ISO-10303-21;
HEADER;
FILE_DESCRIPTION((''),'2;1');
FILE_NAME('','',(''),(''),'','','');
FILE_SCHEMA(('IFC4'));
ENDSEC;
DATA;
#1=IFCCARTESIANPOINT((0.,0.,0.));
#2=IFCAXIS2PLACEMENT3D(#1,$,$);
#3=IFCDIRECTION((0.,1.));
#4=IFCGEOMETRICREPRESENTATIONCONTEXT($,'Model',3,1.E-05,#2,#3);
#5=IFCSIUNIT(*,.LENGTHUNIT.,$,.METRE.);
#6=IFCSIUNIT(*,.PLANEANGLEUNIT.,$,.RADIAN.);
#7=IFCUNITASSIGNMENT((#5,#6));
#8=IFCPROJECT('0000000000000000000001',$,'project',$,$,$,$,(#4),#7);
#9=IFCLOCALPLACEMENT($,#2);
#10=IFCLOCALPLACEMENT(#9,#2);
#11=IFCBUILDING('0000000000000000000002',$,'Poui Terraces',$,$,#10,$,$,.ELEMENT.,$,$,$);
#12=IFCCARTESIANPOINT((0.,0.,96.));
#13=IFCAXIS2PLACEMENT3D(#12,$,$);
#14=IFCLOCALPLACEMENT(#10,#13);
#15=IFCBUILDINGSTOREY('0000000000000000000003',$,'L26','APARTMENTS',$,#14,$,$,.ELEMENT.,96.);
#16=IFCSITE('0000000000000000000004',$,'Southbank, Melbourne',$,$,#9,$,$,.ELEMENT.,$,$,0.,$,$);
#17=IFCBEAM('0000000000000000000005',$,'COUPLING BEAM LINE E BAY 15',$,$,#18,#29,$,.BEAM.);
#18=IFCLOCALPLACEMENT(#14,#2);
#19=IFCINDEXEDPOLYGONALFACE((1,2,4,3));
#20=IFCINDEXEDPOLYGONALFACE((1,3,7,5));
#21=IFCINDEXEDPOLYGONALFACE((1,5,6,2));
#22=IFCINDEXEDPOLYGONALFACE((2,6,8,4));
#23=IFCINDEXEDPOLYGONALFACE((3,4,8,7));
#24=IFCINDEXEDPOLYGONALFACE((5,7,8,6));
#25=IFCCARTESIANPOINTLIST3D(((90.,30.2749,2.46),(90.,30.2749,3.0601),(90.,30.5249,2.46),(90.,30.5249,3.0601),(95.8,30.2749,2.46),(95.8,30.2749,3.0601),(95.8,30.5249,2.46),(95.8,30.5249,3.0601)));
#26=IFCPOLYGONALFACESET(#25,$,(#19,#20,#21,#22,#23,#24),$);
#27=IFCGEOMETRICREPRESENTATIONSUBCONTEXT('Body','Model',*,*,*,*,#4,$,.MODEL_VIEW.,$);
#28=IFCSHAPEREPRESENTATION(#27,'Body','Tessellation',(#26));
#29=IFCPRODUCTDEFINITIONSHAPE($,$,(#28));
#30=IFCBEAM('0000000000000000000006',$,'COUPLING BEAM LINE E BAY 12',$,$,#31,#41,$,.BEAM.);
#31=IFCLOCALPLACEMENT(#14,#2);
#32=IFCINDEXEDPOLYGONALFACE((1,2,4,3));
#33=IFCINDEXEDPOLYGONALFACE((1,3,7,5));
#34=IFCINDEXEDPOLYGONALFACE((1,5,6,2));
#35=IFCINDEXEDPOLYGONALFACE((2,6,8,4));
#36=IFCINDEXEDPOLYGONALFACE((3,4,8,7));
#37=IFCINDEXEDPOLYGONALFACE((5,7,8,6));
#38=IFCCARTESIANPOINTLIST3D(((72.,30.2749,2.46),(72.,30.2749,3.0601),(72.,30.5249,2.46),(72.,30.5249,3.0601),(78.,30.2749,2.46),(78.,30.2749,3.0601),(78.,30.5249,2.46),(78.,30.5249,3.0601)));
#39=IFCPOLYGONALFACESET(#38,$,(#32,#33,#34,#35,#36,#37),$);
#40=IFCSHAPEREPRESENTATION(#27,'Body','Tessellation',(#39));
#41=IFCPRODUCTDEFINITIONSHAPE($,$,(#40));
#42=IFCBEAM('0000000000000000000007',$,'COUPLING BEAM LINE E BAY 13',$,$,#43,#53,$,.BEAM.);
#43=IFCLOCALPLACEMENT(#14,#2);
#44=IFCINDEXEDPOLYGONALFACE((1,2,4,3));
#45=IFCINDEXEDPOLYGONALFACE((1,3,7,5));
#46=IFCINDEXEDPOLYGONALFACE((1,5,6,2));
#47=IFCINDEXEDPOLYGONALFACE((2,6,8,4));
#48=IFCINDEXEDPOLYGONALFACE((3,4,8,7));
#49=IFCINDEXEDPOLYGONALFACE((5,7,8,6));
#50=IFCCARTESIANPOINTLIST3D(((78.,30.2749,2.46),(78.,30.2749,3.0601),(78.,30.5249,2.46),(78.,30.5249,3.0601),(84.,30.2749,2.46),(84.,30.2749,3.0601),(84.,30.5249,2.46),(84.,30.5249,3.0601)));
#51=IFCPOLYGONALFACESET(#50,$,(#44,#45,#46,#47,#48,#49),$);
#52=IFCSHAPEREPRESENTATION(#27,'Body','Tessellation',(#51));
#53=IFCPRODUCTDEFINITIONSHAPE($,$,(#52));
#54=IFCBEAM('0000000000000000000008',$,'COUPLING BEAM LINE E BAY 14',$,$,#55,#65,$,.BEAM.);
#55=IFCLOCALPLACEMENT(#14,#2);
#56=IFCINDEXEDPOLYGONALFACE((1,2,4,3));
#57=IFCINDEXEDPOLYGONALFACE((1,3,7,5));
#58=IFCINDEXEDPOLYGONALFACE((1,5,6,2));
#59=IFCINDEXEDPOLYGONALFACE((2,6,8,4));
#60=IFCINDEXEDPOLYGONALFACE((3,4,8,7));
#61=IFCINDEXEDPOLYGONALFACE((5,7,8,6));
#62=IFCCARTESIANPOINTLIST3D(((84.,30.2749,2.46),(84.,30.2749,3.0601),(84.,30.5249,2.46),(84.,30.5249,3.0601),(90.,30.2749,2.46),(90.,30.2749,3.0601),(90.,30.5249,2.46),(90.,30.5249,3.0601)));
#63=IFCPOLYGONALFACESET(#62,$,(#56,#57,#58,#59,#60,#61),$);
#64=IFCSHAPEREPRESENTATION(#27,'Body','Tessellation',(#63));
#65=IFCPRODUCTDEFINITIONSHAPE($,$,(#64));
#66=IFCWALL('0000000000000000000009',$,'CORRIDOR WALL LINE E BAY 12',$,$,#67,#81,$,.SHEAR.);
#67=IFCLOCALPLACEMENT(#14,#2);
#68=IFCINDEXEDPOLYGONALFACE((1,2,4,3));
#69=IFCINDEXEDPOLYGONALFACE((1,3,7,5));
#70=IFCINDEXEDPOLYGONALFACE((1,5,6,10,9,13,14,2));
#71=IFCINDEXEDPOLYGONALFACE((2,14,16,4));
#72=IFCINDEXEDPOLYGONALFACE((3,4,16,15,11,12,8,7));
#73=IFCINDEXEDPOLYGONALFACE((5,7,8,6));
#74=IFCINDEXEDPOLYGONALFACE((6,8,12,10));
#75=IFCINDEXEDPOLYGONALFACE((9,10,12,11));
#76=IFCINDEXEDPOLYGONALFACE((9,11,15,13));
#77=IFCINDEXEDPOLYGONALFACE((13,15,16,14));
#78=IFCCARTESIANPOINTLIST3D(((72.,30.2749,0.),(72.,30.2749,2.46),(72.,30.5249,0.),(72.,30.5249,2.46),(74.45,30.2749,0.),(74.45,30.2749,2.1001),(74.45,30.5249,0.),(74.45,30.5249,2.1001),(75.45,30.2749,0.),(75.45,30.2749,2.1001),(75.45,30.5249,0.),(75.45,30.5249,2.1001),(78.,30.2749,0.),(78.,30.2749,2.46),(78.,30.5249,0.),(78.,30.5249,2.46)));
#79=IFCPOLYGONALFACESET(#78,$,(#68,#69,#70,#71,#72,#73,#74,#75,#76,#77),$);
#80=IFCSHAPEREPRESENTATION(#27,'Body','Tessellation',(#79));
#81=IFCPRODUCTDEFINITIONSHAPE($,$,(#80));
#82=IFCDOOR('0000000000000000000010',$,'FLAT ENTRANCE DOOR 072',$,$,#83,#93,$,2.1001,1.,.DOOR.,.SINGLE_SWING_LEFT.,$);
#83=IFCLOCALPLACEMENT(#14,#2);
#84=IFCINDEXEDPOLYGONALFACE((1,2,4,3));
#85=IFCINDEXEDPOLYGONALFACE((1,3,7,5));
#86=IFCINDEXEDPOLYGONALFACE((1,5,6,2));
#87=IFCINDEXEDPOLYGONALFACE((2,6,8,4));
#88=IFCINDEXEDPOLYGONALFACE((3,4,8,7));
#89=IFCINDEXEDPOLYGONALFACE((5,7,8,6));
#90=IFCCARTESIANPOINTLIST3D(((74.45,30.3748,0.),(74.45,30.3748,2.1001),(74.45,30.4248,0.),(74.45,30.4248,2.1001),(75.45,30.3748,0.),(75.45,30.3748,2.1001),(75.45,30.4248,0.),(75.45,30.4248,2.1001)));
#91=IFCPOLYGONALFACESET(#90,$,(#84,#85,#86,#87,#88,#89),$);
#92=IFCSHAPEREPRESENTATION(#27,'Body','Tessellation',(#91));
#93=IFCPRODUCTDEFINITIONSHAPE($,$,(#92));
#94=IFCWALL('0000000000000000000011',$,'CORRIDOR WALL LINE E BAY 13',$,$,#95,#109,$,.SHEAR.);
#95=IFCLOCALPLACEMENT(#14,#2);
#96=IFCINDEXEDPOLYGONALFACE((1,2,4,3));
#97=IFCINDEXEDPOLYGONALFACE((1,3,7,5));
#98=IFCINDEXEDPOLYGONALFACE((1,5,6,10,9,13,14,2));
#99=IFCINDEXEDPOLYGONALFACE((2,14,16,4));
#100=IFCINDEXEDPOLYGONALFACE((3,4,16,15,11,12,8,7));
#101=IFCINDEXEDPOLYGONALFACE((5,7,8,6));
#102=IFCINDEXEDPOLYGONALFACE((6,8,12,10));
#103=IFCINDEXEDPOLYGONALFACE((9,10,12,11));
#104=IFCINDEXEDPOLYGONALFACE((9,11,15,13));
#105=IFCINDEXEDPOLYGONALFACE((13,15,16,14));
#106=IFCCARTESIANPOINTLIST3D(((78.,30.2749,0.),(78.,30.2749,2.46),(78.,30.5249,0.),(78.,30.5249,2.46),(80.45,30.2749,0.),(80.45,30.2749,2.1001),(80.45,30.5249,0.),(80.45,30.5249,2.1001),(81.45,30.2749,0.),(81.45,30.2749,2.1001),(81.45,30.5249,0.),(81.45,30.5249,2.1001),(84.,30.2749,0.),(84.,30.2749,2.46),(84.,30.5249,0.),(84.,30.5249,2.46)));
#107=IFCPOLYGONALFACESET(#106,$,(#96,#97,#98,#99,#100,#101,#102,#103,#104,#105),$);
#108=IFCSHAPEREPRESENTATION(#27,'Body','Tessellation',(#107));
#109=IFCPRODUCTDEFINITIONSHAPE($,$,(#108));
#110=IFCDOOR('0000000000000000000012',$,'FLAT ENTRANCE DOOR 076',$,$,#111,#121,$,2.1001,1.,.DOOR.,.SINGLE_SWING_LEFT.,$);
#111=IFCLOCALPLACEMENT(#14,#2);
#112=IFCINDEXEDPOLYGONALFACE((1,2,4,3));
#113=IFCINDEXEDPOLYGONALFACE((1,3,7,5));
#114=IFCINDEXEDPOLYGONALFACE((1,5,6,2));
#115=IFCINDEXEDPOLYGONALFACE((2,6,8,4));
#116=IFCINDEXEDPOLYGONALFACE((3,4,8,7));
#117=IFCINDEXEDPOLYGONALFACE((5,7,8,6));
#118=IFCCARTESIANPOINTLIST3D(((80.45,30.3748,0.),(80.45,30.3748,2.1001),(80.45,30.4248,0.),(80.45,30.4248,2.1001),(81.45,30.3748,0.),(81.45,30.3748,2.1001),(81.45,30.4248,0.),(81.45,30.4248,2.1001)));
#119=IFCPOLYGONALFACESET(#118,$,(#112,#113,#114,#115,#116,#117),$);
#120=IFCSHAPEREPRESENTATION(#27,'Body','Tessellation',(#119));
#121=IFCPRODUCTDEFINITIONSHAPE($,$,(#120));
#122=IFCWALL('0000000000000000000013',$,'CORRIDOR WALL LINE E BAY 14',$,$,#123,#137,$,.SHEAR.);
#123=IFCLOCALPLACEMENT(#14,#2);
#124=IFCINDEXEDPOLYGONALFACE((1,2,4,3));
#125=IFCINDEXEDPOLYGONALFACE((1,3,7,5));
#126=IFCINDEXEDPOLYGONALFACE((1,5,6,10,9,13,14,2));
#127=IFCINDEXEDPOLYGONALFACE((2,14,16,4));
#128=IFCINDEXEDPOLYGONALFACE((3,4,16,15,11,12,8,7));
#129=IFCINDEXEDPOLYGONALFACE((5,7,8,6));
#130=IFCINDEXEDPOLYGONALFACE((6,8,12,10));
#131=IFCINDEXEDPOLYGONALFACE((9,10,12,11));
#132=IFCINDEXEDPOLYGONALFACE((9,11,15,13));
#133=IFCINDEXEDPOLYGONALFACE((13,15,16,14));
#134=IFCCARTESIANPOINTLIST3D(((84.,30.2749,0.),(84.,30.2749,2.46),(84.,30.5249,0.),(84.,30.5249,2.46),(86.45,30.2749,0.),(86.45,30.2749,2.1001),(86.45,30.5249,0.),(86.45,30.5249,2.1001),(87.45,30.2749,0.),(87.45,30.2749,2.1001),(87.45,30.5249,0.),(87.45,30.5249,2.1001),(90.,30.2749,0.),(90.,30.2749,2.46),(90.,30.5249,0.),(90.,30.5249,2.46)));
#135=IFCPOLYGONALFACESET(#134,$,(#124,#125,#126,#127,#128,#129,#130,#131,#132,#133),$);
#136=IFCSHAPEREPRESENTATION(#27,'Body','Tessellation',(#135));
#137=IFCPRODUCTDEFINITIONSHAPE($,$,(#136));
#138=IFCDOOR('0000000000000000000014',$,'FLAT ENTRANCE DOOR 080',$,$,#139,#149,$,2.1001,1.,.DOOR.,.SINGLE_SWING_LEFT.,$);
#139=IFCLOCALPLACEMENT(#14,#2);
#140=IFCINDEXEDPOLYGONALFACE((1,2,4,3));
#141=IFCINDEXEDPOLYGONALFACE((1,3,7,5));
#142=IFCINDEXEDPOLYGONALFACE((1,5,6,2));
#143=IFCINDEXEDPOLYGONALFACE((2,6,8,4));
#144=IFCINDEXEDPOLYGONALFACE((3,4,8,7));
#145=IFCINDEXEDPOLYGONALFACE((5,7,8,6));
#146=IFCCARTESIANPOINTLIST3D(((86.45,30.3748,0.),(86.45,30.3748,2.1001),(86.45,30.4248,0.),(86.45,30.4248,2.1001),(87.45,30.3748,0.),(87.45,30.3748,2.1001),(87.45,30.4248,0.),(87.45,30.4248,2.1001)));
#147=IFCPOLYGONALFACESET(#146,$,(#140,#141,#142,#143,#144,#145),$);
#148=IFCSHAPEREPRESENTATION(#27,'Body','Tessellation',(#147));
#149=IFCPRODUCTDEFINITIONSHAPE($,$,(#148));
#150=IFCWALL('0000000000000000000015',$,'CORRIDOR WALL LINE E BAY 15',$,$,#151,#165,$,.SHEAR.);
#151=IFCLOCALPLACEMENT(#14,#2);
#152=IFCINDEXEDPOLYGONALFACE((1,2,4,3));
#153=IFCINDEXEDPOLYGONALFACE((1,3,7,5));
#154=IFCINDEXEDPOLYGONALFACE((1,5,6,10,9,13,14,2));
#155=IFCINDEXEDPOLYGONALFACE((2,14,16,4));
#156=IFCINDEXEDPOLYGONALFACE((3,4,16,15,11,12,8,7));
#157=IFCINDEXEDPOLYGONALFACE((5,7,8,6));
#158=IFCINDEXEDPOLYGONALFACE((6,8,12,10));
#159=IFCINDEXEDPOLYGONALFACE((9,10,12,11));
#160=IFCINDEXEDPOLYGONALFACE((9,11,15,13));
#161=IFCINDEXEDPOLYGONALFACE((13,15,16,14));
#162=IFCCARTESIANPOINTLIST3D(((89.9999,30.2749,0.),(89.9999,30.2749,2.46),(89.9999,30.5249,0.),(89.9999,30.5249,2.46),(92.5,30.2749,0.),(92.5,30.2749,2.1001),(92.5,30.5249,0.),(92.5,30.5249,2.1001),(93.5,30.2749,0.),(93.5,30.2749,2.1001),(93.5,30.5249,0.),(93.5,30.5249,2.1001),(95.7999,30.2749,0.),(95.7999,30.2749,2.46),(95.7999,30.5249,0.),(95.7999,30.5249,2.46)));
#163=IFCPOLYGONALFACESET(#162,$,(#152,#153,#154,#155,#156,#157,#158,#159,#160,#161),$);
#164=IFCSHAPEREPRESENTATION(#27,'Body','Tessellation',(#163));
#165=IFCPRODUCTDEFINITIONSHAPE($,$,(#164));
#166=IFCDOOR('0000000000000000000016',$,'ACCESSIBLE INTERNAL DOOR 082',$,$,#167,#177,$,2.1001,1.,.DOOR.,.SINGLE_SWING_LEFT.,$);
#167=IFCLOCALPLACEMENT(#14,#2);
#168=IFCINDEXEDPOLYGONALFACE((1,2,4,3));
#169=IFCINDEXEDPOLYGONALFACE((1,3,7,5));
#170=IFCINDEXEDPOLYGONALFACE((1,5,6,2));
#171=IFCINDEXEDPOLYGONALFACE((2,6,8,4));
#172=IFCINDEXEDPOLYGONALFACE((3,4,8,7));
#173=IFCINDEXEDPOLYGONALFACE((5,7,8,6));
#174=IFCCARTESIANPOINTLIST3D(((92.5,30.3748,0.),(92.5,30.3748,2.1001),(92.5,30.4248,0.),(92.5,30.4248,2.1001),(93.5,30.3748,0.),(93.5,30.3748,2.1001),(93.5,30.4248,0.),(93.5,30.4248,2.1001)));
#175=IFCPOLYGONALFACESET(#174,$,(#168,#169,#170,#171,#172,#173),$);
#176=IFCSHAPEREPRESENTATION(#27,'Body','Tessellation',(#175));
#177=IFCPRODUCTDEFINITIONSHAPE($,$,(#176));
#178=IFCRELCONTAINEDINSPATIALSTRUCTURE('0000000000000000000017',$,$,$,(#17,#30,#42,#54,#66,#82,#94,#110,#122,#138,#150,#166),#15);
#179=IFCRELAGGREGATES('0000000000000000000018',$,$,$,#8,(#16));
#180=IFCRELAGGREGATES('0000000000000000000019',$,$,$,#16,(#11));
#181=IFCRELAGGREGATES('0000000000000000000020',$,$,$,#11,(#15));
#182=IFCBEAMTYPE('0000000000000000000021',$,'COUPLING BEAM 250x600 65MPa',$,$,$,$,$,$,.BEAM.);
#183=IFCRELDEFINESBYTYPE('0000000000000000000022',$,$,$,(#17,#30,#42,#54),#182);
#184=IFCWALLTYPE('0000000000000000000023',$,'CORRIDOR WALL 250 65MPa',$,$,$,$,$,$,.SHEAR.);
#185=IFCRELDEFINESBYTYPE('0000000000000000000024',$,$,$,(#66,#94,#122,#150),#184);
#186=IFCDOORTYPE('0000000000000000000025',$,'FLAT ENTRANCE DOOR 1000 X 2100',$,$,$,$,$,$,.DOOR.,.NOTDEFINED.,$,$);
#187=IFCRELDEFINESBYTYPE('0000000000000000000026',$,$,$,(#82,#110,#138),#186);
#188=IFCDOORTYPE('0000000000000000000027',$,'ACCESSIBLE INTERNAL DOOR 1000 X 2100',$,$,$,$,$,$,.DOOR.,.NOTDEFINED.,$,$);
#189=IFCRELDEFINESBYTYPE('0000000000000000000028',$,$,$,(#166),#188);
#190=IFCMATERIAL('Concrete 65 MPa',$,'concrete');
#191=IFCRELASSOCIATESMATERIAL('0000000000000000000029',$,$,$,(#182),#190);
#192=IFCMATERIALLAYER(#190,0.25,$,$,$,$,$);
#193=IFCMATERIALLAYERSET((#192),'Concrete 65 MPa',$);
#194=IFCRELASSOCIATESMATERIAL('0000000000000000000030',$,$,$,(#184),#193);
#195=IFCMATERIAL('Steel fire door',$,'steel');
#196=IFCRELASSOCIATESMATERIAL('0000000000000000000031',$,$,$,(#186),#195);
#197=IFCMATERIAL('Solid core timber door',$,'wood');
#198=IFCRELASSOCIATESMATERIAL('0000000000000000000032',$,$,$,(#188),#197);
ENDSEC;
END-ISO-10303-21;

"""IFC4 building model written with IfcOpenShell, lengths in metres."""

from ifc_helpers import new_model, si_unit, direction, frame, frame_2d, origin, origin_2d, place, context, subcontext, project, spatial, rectangle, extrude, source, transform, mapped, material, layer, layer_set, material_profile, profile_set, type_object, element, fill, save


model = new_model("IFC4")

# Units and contexts
model_context = context("Model", 3, precision=1e-05, world=origin(), true_north=direction((0.0, 1.0)))
body_context = subcontext(model_context, "Body", "Model", "MODEL_VIEW")
ifc_project = project(units=[si_unit("LENGTHUNIT", "METRE"), si_unit("PLANEANGLEUNIT", "RADIAN")], contexts=[model_context])

# Site, building, storey
site_placement = place(None, origin())
site = spatial("IfcSite", under=ifc_project, at=site_placement, Name="Southbank, Melbourne", CompositionType="ELEMENT", RefElevation=0.0)
building_placement = place(site_placement, origin())
building = spatial("IfcBuilding", under=site, at=building_placement, Name="Poui Terraces", CompositionType="ELEMENT")
storey_placement = place(building_placement, frame((0.0, 0.0, 96.0)))
storey = spatial("IfcBuildingStorey", under=building, at=storey_placement, Name="L26", Description="APARTMENTS", CompositionType="ELEMENT", Elevation=96.0)

# Beams
ifc_material_1 = material(Name="Concrete 65 MPa", Category="concrete")
ifc_material_profile = material_profile(ifc_material_1, rectangle(XDim=0.25, YDim=0.6001, at=origin_2d()), Name="RC 250x600")
ifc_profile_set = profile_set([ifc_material_profile], Name="Concrete 65 MPa")
beam_type = type_object("IfcBeamType", Name="COUPLING BEAM 250x600 65MPa", PredefinedType="BEAM", material=ifc_profile_set)
shared_shape_1 = source(origin(), body_context, "Body", "SweptSolid", [
    extrude(rectangle(XDim=0.25, YDim=0.6001, at=origin_2d()), origin(), (0.0, 0.0, 1.0), 5.8),
])
beam_placement = place(storey_placement, frame((90.0, 30.3999, 2.76), z_axis=(1.0, 0.0, 0.0), x_axis=(0.0, 1.0, 0.0)))
element("IfcBeam", 1, at=beam_placement, inside=storey, type_object=beam_type, Name="COUPLING BEAM LINE E BAY 15", PredefinedType="BEAM", context=body_context, shape_type="MappedRepresentation", body=[
    mapped(shared_shape_1, transform((0.0, 0.0, 0.0))),
])
shared_shape_2 = source(origin(), body_context, "Body", "SweptSolid", [
    extrude(rectangle(XDim=0.25, YDim=0.6001, at=origin_2d()), origin(), (0.0, 0.0, 1.0), 6.0),
])
for number, where, z_axis, x_axis, name in (
    (2, (72.0, 30.3999, 2.76), (1.0, 0.0, 0.0), (0.0, 1.0, 0.0), "COUPLING BEAM LINE E BAY 12"),
    (3, (78.0, 30.3999, 2.76), (1.0, 0.0, 0.0), (0.0, 1.0, 0.0), "COUPLING BEAM LINE E BAY 13"),
    (4, (84.0, 30.3999, 2.76), (1.0, 0.0, 0.0), (0.0, 1.0, 0.0), "COUPLING BEAM LINE E BAY 14"),
):
    element("IfcBeam", number, at=place(storey_placement, frame(where, z_axis=z_axis, x_axis=x_axis)), inside=storey, type_object=beam_type, Name=name, PredefinedType="BEAM", context=body_context, shape_type="MappedRepresentation", body=[
        mapped(shared_shape_2, transform((0.0, 0.0, 0.0))),
    ])

# Walls, openings, doors
ifc_layer_1 = layer(ifc_material_1, 0.25)
ifc_layer_set_1 = layer_set([ifc_layer_1], Name="Concrete 65 MPa")
wall_type_1 = type_object("IfcWallType", Name="CORRIDOR WALL 250 65MPa", PredefinedType="SHEAR", material=ifc_layer_set_1)
wall_1_placement = place(storey_placement, frame((72.0, 30.3999, 0.0), z_axis=(0.0, 0.0, 1.0), x_axis=(1.0, 0.0, 0.0)))
wall_1 = element("IfcWall", 5, at=wall_1_placement, inside=storey, type_object=wall_type_1, Name="CORRIDOR WALL LINE E BAY 12", PredefinedType="SHEAR", context=body_context, shape_type="SweptSolid", body=[
    extrude(rectangle(XDim=6.0, YDim=0.25, at=frame_2d((3.0, 0.0))), origin(), (0.0, 0.0, 1.0), 2.46),
])
opening_1_placement = place(wall_1_placement, frame((2.45, 0.0, 0.0)))
opening_1 = element("IfcOpeningElement", 6, at=opening_1_placement, cuts=wall_1, PredefinedType="OPENING", context=body_context, shape_type="SweptSolid", body=[
    extrude(rectangle(XDim=1.0, YDim=2.1001, at=frame_2d((0.5, 1.05))), frame((0.0, 0.135, 0.0), z_axis=(0.0, -1.0, 0.0), x_axis=(1.0, 0.0, 0.0)), (0.0, 0.0, 1.0), 0.27),
])
ifc_material_2 = material(Name="Steel fire door", Category="steel")
door_type_1 = type_object("IfcDoorType", Name="FLAT ENTRANCE DOOR 1000 X 2100", OperationType="NOTDEFINED", PredefinedType="DOOR", material=ifc_material_2)
door_1_placement = place(opening_1_placement, origin())
door_1 = element("IfcDoor", 7, at=door_1_placement, inside=storey, type_object=door_type_1, Name="FLAT ENTRANCE DOOR 072", OperationType="SINGLE_SWING_LEFT", OverallHeight=2.1001, OverallWidth=1.0, PredefinedType="DOOR", context=body_context, shape_type="SweptSolid", body=[
    extrude(rectangle(XDim=1.0, YDim=2.1001, at=frame_2d((0.5, 1.05))), frame((0.0, 0.0249, 0.0), z_axis=(0.0, -1.0, 0.0), x_axis=(1.0, 0.0, 0.0)), (0.0, 0.0, 1.0), 0.05),
])
fill(opening_1, door_1)
wall_2_placement = place(storey_placement, frame((78.0, 30.3999, 0.0), z_axis=(0.0, 0.0, 1.0), x_axis=(1.0, 0.0, 0.0)))
wall_2 = element("IfcWall", 8, at=wall_2_placement, inside=storey, type_object=wall_type_1, Name="CORRIDOR WALL LINE E BAY 13", PredefinedType="SHEAR", context=body_context, shape_type="SweptSolid", body=[
    extrude(rectangle(XDim=6.0, YDim=0.25, at=frame_2d((3.0, 0.0))), origin(), (0.0, 0.0, 1.0), 2.46),
])
opening_2_placement = place(wall_2_placement, frame((2.45, 0.0, 0.0)))
opening_2 = element("IfcOpeningElement", 9, at=opening_2_placement, cuts=wall_2, PredefinedType="OPENING", context=body_context, shape_type="SweptSolid", body=[
    extrude(rectangle(XDim=1.0, YDim=2.1001, at=frame_2d((0.5, 1.05))), frame((0.0, 0.135, 0.0), z_axis=(0.0, -1.0, 0.0), x_axis=(1.0, 0.0, 0.0)), (0.0, 0.0, 1.0), 0.27),
])
door_2_placement = place(opening_2_placement, origin())
door_2 = element("IfcDoor", 10, at=door_2_placement, inside=storey, type_object=door_type_1, Name="FLAT ENTRANCE DOOR 076", OperationType="SINGLE_SWING_LEFT", OverallHeight=2.1001, OverallWidth=1.0, PredefinedType="DOOR", context=body_context, shape_type="SweptSolid", body=[
    extrude(rectangle(XDim=1.0, YDim=2.1001, at=frame_2d((0.5, 1.05))), frame((0.0, 0.0249, 0.0), z_axis=(0.0, -1.0, 0.0), x_axis=(1.0, 0.0, 0.0)), (0.0, 0.0, 1.0), 0.05),
])
fill(opening_2, door_2)
wall_3_placement = place(storey_placement, frame((84.0, 30.3999, 0.0), z_axis=(0.0, 0.0, 1.0), x_axis=(1.0, 0.0, 0.0)))
wall_3 = element("IfcWall", 11, at=wall_3_placement, inside=storey, type_object=wall_type_1, Name="CORRIDOR WALL LINE E BAY 14", PredefinedType="SHEAR", context=body_context, shape_type="SweptSolid", body=[
    extrude(rectangle(XDim=6.0, YDim=0.25, at=frame_2d((3.0, 0.0))), origin(), (0.0, 0.0, 1.0), 2.46),
])
opening_3_placement = place(wall_3_placement, frame((2.45, 0.0, 0.0)))
opening_3 = element("IfcOpeningElement", 12, at=opening_3_placement, cuts=wall_3, PredefinedType="OPENING", context=body_context, shape_type="SweptSolid", body=[
    extrude(rectangle(XDim=1.0, YDim=2.1001, at=frame_2d((0.5, 1.05))), frame((0.0, 0.135, 0.0), z_axis=(0.0, -1.0, 0.0), x_axis=(1.0, 0.0, 0.0)), (0.0, 0.0, 1.0), 0.27),
])
door_3_placement = place(opening_3_placement, origin())
door_3 = element("IfcDoor", 13, at=door_3_placement, inside=storey, type_object=door_type_1, Name="FLAT ENTRANCE DOOR 080", OperationType="SINGLE_SWING_LEFT", OverallHeight=2.1001, OverallWidth=1.0, PredefinedType="DOOR", context=body_context, shape_type="SweptSolid", body=[
    extrude(rectangle(XDim=1.0, YDim=2.1001, at=frame_2d((0.5, 1.05))), frame((0.0, 0.0249, 0.0), z_axis=(0.0, -1.0, 0.0), x_axis=(1.0, 0.0, 0.0)), (0.0, 0.0, 1.0), 0.05),
])
fill(opening_3, door_3)
wall_4_placement = place(storey_placement, frame((90.0, 30.3999, 0.0), z_axis=(0.0, 0.0, 1.0), x_axis=(1.0, 0.0, 0.0)))
wall_4 = element("IfcWall", 14, at=wall_4_placement, inside=storey, type_object=wall_type_1, Name="CORRIDOR WALL LINE E BAY 15", PredefinedType="SHEAR", context=body_context, shape_type="SweptSolid", body=[
    extrude(rectangle(XDim=5.8, YDim=0.25, at=frame_2d((2.8999, 0.0))), origin(), (0.0, 0.0, 1.0), 2.46),
])
opening_4_placement = place(wall_4_placement, frame((2.5, 0.0, 0.0)))
opening_4 = element("IfcOpeningElement", 15, at=opening_4_placement, cuts=wall_4, PredefinedType="OPENING", context=body_context, shape_type="SweptSolid", body=[
    extrude(rectangle(XDim=1.0, YDim=2.1001, at=frame_2d((0.5, 1.05))), frame((0.0, 0.135, 0.0), z_axis=(0.0, -1.0, 0.0), x_axis=(1.0, 0.0, 0.0)), (0.0, 0.0, 1.0), 0.27),
])
ifc_material_3 = material(Name="Solid core timber door", Category="wood")
door_type_2 = type_object("IfcDoorType", Name="ACCESSIBLE INTERNAL DOOR 1000 X 2100", OperationType="NOTDEFINED", PredefinedType="DOOR", material=ifc_material_3)
door_4_placement = place(opening_4_placement, origin())
door_4 = element("IfcDoor", 16, at=door_4_placement, inside=storey, type_object=door_type_2, Name="ACCESSIBLE INTERNAL DOOR 082", OperationType="SINGLE_SWING_LEFT", OverallHeight=2.1001, OverallWidth=1.0, PredefinedType="DOOR", context=body_context, shape_type="SweptSolid", body=[
    extrude(rectangle(XDim=1.0, YDim=2.1001, at=frame_2d((0.5, 1.05))), frame((0.0, 0.0249, 0.0), z_axis=(0.0, -1.0, 0.0), x_axis=(1.0, 0.0, 0.0)), (0.0, 0.0, 1.0), 0.05),
])
fill(opening_4, door_4)

save(model, "model.ifc")
